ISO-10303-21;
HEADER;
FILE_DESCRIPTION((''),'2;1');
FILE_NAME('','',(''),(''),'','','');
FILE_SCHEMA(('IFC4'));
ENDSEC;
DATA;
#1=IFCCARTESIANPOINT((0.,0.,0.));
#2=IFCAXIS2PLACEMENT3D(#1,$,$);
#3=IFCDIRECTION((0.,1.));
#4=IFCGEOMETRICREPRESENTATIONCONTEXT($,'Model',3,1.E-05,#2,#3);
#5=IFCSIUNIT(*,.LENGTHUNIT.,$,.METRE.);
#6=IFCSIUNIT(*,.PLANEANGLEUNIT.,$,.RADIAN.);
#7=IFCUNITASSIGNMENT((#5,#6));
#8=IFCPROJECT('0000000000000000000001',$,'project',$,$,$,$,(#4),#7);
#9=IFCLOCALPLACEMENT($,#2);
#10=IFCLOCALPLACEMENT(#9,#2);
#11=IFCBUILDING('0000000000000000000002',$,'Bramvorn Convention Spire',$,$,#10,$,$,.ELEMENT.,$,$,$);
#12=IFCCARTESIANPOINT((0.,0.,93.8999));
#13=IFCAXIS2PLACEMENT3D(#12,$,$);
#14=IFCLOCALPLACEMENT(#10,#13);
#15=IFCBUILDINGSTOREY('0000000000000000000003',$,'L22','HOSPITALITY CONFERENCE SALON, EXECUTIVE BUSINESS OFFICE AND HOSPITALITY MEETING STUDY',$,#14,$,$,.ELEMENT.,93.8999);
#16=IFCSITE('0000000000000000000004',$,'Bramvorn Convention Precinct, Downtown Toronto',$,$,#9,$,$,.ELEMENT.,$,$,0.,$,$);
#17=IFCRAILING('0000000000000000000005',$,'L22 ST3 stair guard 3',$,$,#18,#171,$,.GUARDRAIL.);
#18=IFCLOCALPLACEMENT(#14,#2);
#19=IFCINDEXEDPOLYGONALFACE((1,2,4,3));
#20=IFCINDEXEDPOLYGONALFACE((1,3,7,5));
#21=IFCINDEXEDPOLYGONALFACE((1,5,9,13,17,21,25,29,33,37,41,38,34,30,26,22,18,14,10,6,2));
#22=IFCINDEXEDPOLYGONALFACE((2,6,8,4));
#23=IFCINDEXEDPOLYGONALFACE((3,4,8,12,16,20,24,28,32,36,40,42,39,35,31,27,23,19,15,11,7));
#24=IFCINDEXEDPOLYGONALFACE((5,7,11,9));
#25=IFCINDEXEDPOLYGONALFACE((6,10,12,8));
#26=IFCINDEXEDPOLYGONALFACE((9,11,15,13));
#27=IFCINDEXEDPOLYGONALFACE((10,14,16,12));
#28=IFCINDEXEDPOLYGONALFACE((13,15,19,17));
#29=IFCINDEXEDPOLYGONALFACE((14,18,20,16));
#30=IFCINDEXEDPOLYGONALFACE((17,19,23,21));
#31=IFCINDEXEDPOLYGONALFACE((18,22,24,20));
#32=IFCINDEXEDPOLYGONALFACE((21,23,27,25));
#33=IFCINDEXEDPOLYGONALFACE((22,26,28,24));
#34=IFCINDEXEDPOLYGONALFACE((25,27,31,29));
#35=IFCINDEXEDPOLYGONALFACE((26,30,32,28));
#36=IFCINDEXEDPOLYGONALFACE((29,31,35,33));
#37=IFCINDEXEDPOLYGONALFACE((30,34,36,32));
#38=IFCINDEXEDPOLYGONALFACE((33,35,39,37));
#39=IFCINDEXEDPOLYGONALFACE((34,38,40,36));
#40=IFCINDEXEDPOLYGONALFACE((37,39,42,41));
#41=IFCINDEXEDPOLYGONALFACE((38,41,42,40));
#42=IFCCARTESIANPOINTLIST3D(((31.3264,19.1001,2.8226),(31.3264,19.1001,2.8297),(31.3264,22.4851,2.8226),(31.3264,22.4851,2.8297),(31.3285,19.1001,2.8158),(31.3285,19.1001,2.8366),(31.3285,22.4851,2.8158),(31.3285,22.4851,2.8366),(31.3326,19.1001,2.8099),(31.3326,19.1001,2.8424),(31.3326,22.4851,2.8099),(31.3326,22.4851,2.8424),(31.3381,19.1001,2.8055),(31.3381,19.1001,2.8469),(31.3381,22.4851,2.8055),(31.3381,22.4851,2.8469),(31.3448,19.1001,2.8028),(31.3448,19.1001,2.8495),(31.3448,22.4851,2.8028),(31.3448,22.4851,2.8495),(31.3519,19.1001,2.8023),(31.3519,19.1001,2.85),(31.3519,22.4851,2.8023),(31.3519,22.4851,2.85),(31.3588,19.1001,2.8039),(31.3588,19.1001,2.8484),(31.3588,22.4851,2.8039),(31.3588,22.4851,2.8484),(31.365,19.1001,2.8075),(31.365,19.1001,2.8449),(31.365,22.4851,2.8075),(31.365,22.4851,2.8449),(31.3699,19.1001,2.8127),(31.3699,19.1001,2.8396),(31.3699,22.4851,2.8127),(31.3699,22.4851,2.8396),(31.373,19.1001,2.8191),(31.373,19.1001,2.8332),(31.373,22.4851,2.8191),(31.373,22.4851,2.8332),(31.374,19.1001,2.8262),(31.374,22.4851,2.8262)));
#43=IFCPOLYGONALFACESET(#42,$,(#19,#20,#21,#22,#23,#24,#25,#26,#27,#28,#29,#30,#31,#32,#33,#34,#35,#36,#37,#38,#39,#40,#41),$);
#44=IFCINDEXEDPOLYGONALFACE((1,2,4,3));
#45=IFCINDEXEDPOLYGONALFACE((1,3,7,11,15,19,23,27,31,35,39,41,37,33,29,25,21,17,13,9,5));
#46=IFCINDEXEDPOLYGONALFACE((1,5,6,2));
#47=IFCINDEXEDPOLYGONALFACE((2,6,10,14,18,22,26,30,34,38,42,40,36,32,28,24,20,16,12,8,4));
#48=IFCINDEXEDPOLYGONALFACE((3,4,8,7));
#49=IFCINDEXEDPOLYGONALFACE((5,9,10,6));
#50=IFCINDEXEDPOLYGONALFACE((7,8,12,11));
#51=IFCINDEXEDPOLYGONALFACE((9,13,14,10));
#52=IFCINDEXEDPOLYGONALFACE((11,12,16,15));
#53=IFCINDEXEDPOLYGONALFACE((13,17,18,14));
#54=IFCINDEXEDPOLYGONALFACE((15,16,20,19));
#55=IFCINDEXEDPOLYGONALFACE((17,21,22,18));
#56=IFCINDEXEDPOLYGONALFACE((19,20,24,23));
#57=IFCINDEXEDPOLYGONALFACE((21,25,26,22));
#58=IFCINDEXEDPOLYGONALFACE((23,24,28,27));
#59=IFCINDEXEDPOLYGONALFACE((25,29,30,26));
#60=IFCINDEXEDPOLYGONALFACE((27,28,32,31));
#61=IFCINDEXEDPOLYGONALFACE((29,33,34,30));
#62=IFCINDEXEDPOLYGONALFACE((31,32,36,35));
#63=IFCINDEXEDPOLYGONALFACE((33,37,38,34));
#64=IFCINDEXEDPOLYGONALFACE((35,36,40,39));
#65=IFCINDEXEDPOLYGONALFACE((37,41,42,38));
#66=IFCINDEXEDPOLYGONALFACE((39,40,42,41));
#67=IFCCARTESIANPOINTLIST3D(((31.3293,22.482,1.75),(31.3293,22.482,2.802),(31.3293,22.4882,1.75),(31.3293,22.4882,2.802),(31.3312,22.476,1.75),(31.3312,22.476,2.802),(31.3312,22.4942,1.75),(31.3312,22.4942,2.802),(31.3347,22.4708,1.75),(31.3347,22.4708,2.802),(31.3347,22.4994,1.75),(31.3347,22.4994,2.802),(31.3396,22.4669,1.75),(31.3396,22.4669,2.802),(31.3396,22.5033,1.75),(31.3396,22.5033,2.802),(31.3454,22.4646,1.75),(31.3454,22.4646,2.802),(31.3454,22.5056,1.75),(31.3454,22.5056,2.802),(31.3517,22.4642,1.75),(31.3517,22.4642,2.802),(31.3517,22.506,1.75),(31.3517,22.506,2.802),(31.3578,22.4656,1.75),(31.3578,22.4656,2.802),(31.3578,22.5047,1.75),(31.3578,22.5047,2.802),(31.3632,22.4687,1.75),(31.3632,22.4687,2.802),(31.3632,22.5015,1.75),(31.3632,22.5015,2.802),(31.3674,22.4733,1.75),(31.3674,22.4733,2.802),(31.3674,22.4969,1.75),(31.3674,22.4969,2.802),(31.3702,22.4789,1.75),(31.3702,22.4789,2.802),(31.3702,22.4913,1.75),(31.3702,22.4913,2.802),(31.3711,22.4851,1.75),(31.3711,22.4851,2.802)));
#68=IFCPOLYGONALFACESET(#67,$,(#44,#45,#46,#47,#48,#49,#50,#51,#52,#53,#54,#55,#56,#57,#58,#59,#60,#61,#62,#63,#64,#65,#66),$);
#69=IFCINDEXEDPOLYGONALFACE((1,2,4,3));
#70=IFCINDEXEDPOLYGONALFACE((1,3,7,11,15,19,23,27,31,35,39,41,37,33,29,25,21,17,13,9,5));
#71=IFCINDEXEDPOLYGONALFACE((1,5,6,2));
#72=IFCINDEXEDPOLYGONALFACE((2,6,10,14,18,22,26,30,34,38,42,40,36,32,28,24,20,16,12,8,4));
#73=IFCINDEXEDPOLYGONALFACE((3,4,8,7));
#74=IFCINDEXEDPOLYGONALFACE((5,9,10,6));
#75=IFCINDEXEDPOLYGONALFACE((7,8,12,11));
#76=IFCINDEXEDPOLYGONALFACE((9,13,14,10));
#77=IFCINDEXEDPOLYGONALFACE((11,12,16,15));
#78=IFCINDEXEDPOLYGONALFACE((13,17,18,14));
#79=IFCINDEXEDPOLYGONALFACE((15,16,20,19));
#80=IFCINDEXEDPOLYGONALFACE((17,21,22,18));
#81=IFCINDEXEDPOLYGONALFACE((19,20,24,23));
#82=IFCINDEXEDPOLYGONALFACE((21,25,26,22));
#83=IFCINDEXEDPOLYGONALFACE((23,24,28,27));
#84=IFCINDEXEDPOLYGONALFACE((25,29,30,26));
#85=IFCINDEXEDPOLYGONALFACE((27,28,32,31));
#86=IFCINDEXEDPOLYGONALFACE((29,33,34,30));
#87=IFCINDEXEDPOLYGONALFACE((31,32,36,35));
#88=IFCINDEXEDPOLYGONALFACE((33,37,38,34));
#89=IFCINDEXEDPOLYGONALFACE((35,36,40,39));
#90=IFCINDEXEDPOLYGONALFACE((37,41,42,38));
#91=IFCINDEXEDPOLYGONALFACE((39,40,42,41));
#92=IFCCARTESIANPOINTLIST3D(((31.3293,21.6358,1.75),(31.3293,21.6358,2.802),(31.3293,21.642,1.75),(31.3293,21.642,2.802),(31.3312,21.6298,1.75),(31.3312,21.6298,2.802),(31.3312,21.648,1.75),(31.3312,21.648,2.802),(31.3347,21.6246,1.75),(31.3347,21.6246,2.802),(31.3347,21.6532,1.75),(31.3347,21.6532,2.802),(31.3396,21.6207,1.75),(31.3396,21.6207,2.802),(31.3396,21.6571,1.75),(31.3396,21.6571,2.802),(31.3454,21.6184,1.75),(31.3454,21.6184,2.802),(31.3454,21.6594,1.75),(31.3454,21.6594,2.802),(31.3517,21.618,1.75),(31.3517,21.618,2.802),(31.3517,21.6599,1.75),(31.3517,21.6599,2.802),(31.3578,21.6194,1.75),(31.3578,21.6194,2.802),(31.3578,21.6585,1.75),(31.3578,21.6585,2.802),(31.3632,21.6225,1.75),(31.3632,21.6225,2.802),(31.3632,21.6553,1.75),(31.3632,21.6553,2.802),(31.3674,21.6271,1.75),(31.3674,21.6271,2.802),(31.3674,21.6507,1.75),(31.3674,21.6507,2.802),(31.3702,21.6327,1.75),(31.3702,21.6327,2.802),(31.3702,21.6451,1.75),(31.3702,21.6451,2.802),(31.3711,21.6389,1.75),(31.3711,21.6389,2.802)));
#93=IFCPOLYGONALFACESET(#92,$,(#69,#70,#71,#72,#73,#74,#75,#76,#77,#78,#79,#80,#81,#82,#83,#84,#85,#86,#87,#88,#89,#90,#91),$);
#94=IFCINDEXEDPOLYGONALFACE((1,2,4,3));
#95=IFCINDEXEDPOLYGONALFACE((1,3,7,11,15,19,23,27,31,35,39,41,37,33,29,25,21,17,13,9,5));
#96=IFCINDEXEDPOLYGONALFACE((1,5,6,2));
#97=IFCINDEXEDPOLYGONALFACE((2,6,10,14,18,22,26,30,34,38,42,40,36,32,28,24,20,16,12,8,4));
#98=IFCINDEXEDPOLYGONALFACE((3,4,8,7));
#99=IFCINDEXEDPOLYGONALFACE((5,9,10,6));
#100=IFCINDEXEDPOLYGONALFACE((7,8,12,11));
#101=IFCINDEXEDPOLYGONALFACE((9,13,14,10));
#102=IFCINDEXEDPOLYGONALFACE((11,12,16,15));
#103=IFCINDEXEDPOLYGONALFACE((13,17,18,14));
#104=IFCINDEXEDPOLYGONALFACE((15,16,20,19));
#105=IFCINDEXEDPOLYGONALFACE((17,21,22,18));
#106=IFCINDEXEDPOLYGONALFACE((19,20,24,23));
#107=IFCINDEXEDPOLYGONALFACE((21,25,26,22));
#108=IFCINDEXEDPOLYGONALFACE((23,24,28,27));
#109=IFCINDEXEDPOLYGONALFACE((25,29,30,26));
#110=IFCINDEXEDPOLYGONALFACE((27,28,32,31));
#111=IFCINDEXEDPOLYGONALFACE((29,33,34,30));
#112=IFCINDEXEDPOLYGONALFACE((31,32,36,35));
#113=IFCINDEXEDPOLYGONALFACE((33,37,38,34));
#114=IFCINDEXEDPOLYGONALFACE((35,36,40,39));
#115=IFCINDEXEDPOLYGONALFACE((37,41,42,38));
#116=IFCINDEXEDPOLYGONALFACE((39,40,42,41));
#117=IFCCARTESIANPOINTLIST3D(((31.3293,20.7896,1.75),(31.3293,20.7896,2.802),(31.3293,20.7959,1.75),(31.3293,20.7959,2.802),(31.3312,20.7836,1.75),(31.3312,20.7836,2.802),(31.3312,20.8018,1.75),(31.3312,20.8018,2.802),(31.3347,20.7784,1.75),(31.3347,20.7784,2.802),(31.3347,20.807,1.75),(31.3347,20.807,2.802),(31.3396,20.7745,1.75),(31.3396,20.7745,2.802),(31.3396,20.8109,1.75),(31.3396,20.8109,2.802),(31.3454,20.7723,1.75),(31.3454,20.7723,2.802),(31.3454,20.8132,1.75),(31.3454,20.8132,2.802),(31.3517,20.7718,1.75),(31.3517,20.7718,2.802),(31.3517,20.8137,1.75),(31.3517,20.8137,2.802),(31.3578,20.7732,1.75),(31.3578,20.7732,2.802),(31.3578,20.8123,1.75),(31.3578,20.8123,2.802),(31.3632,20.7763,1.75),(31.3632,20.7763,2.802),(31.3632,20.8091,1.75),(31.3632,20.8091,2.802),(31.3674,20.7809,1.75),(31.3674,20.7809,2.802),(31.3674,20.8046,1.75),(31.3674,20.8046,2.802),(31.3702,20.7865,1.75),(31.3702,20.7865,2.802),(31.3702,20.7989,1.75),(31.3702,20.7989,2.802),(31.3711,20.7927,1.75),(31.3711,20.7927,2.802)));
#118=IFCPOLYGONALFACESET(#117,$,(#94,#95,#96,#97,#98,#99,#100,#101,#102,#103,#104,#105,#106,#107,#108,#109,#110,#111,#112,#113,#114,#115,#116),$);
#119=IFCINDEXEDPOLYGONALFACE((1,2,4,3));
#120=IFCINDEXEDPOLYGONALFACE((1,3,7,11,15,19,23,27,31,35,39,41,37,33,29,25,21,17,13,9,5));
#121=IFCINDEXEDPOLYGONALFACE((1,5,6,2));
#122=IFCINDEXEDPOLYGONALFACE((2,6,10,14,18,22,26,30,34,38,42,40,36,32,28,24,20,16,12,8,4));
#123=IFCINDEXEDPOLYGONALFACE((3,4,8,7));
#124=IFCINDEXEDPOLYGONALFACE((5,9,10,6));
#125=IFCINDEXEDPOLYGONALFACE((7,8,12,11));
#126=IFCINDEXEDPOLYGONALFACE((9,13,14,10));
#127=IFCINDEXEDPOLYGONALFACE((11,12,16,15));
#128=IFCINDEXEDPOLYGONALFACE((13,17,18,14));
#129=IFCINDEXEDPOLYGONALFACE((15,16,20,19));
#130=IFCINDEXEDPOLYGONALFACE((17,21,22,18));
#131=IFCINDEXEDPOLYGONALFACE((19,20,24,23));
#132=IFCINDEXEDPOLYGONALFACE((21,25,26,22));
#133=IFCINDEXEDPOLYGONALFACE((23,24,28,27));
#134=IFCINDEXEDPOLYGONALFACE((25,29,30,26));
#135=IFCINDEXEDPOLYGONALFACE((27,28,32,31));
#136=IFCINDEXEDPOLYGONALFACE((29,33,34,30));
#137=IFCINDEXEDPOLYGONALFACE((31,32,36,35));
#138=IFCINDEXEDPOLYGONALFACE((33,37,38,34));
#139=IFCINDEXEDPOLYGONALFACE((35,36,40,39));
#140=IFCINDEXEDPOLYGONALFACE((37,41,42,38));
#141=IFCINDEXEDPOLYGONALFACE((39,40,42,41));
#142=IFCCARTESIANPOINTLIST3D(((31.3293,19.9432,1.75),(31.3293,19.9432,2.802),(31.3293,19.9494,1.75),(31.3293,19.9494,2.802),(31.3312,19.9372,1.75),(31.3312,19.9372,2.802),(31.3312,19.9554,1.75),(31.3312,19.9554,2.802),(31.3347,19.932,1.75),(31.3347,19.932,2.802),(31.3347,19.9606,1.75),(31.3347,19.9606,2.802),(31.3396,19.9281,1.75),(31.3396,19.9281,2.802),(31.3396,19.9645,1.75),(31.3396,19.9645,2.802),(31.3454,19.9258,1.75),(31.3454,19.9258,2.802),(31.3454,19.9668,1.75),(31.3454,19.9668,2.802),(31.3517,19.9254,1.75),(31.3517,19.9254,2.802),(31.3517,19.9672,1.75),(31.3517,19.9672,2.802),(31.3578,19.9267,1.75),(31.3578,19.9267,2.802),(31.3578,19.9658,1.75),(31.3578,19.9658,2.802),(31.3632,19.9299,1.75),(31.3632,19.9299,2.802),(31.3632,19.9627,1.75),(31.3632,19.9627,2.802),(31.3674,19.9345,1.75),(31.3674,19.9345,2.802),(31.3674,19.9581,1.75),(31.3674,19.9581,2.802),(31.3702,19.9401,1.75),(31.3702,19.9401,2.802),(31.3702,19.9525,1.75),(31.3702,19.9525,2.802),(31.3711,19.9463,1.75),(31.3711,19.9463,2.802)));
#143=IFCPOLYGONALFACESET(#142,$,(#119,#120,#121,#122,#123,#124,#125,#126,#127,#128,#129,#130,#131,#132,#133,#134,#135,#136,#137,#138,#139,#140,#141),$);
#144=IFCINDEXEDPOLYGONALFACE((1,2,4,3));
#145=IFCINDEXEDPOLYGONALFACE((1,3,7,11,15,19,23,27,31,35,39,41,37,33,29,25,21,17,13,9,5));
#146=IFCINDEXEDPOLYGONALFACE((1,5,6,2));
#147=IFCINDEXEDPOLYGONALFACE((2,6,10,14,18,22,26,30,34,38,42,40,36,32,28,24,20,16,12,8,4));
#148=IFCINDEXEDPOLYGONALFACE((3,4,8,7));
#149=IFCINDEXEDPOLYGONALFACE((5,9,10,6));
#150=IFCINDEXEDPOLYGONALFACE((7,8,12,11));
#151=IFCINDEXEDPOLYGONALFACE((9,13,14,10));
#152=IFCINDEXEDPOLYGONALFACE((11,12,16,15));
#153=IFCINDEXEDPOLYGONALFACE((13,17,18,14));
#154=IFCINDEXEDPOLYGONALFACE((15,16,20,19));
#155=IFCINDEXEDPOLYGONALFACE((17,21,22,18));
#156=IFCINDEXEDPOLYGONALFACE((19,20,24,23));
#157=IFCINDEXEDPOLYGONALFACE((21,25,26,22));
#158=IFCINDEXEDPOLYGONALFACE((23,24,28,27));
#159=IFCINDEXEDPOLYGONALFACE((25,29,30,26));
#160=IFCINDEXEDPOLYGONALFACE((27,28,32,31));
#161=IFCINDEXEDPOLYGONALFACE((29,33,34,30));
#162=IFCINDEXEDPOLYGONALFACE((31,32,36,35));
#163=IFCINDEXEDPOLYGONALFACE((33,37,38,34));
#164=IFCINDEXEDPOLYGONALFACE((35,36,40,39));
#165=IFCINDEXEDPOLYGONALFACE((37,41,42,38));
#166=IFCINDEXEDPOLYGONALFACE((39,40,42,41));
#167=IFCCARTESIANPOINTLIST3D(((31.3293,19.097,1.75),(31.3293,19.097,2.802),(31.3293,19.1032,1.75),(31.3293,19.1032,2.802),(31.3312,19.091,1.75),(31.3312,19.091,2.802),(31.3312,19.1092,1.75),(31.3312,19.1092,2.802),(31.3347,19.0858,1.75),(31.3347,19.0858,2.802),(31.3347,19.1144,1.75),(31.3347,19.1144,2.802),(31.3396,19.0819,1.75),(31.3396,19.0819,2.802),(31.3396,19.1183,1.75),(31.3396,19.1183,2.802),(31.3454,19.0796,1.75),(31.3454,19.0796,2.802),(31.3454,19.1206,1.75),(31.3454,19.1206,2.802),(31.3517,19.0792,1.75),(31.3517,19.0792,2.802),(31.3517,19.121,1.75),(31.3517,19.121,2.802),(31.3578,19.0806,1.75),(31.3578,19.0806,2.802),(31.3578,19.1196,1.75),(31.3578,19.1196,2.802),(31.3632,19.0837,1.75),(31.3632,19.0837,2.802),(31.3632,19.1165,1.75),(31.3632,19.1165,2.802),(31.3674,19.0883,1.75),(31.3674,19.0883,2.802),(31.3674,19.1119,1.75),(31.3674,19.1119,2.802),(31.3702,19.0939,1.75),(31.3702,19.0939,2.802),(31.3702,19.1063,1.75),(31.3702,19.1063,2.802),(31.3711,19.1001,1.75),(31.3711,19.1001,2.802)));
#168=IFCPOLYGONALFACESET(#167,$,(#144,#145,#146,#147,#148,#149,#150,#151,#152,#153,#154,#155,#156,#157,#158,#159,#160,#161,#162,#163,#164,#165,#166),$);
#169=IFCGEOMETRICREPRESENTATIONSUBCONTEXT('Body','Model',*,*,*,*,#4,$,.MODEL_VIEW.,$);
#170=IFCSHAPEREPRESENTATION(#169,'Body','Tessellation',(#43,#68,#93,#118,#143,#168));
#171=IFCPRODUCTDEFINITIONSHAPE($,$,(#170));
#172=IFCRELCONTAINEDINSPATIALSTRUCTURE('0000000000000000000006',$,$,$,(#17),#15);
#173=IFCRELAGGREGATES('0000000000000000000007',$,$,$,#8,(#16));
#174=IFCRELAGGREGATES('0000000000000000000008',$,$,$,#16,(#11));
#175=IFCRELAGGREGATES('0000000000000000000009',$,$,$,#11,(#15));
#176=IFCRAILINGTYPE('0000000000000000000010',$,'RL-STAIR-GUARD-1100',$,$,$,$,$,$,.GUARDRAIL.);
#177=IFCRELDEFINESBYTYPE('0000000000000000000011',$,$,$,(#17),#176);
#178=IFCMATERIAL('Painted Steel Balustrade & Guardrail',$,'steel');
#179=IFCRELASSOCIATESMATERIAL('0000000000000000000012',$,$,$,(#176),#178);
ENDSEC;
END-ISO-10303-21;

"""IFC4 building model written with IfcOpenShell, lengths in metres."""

from ifc_helpers import new_model, si_unit, direction, frame, origin, origin_2d, place, context, subcontext, project, spatial, circle, extrude, material, type_object, element, save


model = new_model("IFC4")

# Units and contexts
model_context = context("Model", 3, precision=1e-05, world=origin(), true_north=direction((0.0, 1.0)))
body_context = subcontext(model_context, "Body", "Model", "MODEL_VIEW")
ifc_project = project(units=[si_unit("LENGTHUNIT", "METRE"), si_unit("PLANEANGLEUNIT", "RADIAN")], contexts=[model_context])

# Site, building, storey
site_placement = place(None, origin())
site = spatial("IfcSite", under=ifc_project, at=site_placement, Name="Bramvorn Convention Precinct, Downtown Toronto", CompositionType="ELEMENT", RefElevation=0.0)
building_placement = place(site_placement, origin())
building = spatial("IfcBuilding", under=site, at=building_placement, Name="Bramvorn Convention Spire", CompositionType="ELEMENT")
storey_placement = place(building_placement, frame((0.0, 0.0, 93.8999)))
storey = spatial("IfcBuildingStorey", under=building, at=storey_placement, Name="L22", Description="HOSPITALITY CONFERENCE SALON, EXECUTIVE BUSINESS OFFICE AND HOSPITALITY MEETING STUDY", CompositionType="ELEMENT", Elevation=93.8999)

# Railing
ifc_material_1 = material(Name="Painted Steel Balustrade & Guardrail", Category="steel")
railing_type_1 = type_object("IfcRailingType", Name="RL-STAIR-GUARD-1100", PredefinedType="GUARDRAIL", material=ifc_material_1)
for number, where, name in (
    (1, (31.3501, 22.4851, 1.75), "L22 ST3 stair guard 3"),
):
    element("IfcRailing", number, at=place(storey_placement, frame(where)), inside=storey, type_object=railing_type_1, Name=name, PredefinedType="GUARDRAIL", context=body_context, shape_type="SweptSolid", body=[
        extrude(circle(Radius=0.0239, at=origin_2d()), frame((0.0, 0.0, 1.0762), z_axis=(0.0, -1.0, 0.0), x_axis=(1.0, 0.0, 0.0)), (0.0, 0.0, 1.0), 3.385),
        extrude(circle(Radius=0.021, at=origin_2d()), origin(), (0.0, 0.0, 1.0), 1.052),
        extrude(circle(Radius=0.021, at=origin_2d()), frame((0.0, -0.8462, 0.0)), (0.0, 0.0, 1.0), 1.052),
        extrude(circle(Radius=0.021, at=origin_2d()), frame((0.0, -1.6924, 0.0)), (0.0, 0.0, 1.0), 1.052),
        extrude(circle(Radius=0.021, at=origin_2d()), frame((0.0, -2.5388, 0.0)), (0.0, 0.0, 1.0), 1.052),
        extrude(circle(Radius=0.021, at=origin_2d()), frame((0.0, -3.385, 0.0)), (0.0, 0.0, 1.0), 1.052),
    ])

save(model, "model.ifc")
